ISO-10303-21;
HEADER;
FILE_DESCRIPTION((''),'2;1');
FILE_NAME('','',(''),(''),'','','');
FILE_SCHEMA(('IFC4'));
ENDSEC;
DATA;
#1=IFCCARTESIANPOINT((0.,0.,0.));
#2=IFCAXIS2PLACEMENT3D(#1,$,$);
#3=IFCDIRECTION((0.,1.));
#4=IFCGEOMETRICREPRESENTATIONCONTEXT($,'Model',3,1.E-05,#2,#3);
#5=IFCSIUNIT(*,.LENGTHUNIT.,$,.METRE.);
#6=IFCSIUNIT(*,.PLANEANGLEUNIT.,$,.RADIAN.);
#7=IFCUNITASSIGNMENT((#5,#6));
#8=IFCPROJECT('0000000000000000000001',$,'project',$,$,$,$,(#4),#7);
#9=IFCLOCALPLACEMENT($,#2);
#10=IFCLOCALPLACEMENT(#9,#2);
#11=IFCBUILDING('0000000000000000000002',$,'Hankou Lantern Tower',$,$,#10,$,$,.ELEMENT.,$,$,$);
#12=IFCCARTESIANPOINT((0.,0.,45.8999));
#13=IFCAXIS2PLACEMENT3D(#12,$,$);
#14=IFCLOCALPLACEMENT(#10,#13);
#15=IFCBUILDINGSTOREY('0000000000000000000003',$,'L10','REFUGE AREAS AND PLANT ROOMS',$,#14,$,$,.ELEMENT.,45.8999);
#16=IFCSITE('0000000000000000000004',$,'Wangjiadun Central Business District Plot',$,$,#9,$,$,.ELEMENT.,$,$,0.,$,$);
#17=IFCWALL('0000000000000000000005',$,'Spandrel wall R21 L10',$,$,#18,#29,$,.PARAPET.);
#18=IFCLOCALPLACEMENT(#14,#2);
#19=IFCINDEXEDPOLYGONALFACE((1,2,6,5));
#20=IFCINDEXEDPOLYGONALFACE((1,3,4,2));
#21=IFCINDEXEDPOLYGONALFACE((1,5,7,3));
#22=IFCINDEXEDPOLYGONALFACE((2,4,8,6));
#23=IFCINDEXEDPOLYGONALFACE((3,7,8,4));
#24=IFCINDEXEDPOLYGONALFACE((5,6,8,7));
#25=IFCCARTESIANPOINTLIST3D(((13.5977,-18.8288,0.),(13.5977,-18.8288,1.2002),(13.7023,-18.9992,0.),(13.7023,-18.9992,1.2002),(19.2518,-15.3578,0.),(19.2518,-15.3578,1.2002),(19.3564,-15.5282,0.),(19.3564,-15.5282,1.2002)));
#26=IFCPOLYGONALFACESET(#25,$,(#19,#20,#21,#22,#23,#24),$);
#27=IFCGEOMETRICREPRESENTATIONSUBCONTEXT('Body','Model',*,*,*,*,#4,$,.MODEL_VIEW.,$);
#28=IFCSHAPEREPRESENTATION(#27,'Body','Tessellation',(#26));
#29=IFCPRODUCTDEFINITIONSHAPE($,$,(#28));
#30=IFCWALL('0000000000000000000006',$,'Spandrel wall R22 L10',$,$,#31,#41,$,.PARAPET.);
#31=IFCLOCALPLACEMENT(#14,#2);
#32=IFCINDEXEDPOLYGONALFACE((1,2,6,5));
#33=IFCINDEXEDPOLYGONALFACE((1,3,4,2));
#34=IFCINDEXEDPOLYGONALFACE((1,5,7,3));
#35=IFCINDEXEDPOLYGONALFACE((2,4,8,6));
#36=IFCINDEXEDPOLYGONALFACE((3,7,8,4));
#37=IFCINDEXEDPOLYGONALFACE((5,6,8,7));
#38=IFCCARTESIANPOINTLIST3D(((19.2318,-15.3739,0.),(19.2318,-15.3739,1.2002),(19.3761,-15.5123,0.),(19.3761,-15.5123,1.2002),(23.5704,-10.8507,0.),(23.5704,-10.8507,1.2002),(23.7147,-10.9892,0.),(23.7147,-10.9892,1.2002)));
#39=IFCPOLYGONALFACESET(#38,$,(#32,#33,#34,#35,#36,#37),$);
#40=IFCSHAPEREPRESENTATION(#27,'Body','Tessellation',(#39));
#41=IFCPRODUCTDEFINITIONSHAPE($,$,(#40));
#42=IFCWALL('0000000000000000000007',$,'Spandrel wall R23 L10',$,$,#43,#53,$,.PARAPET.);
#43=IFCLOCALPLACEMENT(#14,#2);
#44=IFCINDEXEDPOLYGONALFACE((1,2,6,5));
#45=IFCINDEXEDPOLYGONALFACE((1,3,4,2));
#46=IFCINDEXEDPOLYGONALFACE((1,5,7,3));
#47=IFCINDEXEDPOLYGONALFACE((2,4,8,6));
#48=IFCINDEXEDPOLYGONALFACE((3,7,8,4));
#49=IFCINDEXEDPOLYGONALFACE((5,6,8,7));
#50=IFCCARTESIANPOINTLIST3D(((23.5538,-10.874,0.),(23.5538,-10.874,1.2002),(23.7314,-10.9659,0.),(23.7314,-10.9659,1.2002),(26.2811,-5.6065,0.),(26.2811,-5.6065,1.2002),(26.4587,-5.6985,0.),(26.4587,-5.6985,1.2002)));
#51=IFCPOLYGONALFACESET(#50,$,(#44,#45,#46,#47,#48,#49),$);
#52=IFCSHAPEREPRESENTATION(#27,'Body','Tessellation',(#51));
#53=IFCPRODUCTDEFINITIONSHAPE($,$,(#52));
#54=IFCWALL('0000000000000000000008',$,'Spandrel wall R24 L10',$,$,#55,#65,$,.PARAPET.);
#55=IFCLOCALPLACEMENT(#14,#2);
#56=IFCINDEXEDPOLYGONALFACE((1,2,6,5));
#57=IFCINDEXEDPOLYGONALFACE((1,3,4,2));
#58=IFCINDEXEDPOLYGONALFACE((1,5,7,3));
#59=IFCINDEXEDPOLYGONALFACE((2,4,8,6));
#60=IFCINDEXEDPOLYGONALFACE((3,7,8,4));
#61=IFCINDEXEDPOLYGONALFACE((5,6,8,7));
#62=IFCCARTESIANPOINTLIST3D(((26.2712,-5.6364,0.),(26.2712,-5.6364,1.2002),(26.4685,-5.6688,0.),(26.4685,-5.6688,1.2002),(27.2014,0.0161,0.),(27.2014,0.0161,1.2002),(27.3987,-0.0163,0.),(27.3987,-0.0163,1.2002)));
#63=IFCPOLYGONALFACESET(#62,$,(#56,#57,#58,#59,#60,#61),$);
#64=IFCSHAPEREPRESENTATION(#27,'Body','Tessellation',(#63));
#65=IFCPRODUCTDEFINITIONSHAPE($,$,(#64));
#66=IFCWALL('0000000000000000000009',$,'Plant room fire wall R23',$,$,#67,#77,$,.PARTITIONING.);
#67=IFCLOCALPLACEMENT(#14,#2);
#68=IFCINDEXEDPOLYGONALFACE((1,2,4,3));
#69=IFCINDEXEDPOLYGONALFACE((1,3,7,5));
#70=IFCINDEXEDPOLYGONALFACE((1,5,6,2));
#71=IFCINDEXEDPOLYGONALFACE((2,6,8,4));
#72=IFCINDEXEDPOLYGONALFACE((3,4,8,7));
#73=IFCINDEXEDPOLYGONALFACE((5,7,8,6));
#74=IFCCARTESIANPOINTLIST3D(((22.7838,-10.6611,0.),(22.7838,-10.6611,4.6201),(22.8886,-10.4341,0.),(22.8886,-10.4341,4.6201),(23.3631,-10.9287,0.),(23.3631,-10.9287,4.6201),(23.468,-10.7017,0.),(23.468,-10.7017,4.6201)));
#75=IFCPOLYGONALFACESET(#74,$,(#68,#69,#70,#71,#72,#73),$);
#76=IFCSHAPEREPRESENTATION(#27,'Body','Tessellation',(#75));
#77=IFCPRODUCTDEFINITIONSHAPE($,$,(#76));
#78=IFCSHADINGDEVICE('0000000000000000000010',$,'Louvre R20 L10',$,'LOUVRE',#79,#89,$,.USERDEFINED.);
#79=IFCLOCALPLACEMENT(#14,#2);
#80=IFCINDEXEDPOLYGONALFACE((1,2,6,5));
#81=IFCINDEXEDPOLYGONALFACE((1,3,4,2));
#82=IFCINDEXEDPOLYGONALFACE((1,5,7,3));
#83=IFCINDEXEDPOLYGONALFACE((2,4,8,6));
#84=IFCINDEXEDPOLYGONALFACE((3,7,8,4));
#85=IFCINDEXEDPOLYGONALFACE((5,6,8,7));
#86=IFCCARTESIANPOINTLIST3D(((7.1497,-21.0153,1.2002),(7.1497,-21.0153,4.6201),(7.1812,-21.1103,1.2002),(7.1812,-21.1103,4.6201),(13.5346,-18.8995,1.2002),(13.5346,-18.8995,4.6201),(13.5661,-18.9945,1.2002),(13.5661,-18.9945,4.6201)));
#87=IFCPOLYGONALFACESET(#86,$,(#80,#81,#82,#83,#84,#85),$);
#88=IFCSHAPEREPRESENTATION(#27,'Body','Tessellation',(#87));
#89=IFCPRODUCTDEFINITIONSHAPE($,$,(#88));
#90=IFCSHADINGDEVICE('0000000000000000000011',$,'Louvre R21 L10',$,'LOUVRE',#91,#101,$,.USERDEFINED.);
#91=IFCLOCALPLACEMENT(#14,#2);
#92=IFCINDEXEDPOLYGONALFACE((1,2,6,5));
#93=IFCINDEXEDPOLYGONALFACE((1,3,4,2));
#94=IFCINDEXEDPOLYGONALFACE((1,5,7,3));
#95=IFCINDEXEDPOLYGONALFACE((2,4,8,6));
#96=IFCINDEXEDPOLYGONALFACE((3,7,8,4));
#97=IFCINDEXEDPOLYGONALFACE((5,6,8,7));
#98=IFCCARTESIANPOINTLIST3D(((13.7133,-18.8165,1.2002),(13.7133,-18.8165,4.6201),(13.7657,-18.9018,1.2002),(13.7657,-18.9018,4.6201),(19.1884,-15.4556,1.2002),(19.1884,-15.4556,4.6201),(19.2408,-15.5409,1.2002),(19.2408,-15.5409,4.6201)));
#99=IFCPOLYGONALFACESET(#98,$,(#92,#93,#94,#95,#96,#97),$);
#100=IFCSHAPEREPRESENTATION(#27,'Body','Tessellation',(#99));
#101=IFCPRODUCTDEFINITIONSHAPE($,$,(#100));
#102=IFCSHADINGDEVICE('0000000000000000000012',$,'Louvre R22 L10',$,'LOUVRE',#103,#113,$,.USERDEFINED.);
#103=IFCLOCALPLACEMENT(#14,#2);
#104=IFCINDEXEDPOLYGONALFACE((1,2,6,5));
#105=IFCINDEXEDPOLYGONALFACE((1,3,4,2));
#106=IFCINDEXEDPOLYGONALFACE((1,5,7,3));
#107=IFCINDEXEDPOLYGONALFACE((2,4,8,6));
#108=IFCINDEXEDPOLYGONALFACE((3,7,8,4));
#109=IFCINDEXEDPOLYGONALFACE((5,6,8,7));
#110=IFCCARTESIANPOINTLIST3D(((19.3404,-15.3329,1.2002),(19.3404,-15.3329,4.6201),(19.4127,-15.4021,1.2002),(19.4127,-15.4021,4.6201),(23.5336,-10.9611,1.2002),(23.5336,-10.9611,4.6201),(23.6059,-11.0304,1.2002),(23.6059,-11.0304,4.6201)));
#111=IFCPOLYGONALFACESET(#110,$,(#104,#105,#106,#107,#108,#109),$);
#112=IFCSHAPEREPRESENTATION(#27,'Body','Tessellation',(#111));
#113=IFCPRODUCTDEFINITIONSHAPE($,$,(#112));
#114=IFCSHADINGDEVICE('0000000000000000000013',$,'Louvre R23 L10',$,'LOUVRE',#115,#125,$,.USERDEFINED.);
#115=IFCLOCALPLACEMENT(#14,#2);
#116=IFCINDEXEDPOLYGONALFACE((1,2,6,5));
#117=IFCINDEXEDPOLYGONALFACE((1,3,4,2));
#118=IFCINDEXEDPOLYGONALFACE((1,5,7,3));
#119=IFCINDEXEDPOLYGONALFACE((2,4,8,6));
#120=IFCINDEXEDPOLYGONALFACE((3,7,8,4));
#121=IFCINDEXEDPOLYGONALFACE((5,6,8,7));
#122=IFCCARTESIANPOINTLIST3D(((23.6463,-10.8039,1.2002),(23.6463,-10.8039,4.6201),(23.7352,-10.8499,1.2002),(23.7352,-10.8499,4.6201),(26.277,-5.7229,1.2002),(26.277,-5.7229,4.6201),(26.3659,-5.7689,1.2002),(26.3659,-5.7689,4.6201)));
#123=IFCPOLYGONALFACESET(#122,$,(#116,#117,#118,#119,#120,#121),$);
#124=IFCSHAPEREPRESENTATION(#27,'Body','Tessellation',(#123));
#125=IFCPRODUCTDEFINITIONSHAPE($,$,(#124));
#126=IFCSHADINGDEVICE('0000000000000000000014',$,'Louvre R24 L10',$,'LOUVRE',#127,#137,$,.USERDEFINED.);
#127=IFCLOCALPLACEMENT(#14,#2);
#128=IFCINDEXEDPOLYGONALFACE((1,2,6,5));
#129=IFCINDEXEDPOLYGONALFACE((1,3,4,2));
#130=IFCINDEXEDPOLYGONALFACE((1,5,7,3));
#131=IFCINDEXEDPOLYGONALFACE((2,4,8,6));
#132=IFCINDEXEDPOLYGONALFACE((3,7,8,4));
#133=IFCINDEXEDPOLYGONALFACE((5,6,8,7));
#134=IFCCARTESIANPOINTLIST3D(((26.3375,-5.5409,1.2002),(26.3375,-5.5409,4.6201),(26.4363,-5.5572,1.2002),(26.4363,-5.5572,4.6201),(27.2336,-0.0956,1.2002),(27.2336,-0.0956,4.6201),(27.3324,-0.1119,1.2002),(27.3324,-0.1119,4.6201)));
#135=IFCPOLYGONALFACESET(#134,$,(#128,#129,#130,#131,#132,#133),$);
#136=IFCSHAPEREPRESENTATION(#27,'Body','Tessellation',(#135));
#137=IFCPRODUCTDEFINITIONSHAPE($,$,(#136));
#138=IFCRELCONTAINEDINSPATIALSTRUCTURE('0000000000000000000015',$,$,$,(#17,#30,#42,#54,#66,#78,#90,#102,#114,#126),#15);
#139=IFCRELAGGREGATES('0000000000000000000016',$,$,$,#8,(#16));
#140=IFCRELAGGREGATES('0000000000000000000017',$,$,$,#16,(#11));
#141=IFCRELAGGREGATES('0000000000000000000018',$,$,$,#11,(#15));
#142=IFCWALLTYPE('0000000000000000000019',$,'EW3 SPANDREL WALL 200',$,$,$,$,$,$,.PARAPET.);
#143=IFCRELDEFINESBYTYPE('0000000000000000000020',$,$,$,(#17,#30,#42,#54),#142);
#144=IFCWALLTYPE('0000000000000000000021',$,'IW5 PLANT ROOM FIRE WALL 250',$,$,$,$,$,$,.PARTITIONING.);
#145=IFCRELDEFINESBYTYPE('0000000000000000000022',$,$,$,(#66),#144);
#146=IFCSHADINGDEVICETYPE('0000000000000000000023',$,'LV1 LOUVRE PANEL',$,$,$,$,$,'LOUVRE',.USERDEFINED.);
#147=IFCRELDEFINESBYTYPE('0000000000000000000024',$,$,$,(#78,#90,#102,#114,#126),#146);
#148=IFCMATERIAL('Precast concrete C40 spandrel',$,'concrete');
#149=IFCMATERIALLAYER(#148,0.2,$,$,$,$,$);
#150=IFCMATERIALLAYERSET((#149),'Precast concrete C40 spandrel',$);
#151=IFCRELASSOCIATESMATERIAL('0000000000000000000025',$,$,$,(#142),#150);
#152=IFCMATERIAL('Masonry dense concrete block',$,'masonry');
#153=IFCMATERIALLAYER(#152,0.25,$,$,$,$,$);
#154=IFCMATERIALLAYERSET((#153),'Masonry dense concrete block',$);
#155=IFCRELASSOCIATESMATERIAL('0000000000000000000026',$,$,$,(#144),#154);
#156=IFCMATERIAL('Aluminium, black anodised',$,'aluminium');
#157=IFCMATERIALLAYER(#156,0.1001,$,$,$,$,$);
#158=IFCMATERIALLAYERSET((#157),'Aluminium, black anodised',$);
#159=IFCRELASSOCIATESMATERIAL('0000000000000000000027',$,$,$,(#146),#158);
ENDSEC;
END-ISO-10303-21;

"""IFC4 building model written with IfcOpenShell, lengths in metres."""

from ifc_helpers import new_model, si_unit, direction, frame, frame_2d, origin, origin_2d, place, context, subcontext, project, spatial, rectangle, extrude, material, layer, layer_set, type_object, element, save


model = new_model("IFC4")

# Units and contexts
model_context = context("Model", 3, precision=1e-05, world=origin(), true_north=direction((0.0, 1.0)))
body_context = subcontext(model_context, "Body", "Model", "MODEL_VIEW")
ifc_project = project(units=[si_unit("LENGTHUNIT", "METRE"), si_unit("PLANEANGLEUNIT", "RADIAN")], contexts=[model_context])

# Site, building, storey
site_placement = place(None, origin())
site = spatial("IfcSite", under=ifc_project, at=site_placement, Name="Wangjiadun Central Business District Plot", CompositionType="ELEMENT", RefElevation=0.0)
building_placement = place(site_placement, origin())
building = spatial("IfcBuilding", under=site, at=building_placement, Name="Hankou Lantern Tower", CompositionType="ELEMENT")
storey_placement = place(building_placement, frame((0.0, 0.0, 45.8999)))
storey = spatial("IfcBuildingStorey", under=building, at=storey_placement, Name="L10", Description="REFUGE AREAS AND PLANT ROOMS", CompositionType="ELEMENT", Elevation=45.8999)

# Walls
ifc_material_1 = material(Name="Precast concrete C40 spandrel", Category="concrete")
ifc_layer_1 = layer(ifc_material_1, 0.2)
ifc_layer_set_1 = layer_set([ifc_layer_1], Name="Precast concrete C40 spandrel")
wall_type_1 = type_object("IfcWallType", Name="EW3 SPANDREL WALL 200", PredefinedType="PARAPET", material=ifc_layer_set_1)
wall_1_placement = place(storey_placement, frame((13.6499, -18.9141, 0.0), z_axis=(0.0, 0.0, 1.0), x_axis=(0.852228, 0.523171, 0.0)))
element("IfcWall", 1, at=wall_1_placement, inside=storey, type_object=wall_type_1, Name="Spandrel wall R21 L10", PredefinedType="PARAPET", context=body_context, shape_type="SweptSolid", body=[
    extrude(rectangle(XDim=6.6345, YDim=0.2, at=frame_2d((3.3174, 0.0))), origin(), (0.0, 0.0, 1.0), 1.2002),
])
wall_2_placement = place(storey_placement, frame((19.304, -15.4431, 0.0), z_axis=(0.0, 0.0, 1.0), x_axis=(0.692229, 0.721678, 0.0)))
element("IfcWall", 2, at=wall_2_placement, inside=storey, type_object=wall_type_1, Name="Spandrel wall R22 L10", PredefinedType="PARAPET", context=body_context, shape_type="SweptSolid", body=[
    extrude(rectangle(XDim=6.2676, YDim=0.2, at=frame_2d((3.1338, 0.0))), origin(), (0.0, 0.0, 1.0), 1.2002),
])
wall_3_placement = place(storey_placement, frame((23.6426, -10.9199, 0.0), z_axis=(0.0, 0.0, 1.0), x_axis=(0.459797, 0.888024, 0.0)))
element("IfcWall", 3, at=wall_3_placement, inside=storey, type_object=wall_type_1, Name="Spandrel wall R23 L10", PredefinedType="PARAPET", context=body_context, shape_type="SweptSolid", body=[
    extrude(rectangle(XDim=5.9316, YDim=0.2, at=frame_2d((2.9658, 0.0))), origin(), (0.0, 0.0, 1.0), 1.2002),
])
wall_4_placement = place(storey_placement, frame((26.3699, -5.6526, 0.0), z_axis=(0.0, 0.0, 1.0), x_axis=(0.162374, 0.986729, 0.0)))
element("IfcWall", 4, at=wall_4_placement, inside=storey, type_object=wall_type_1, Name="Spandrel wall R24 L10", PredefinedType="PARAPET", context=body_context, shape_type="SweptSolid", body=[
    extrude(rectangle(XDim=5.7285, YDim=0.2, at=frame_2d((2.8643, 0.0))), origin(), (0.0, 0.0, 1.0), 1.2002),
])

# Shared definitions
ifc_material_2 = material(Name="Masonry dense concrete block", Category="masonry")
ifc_layer_2 = layer(ifc_material_2, 0.25)
ifc_layer_set_2 = layer_set([ifc_layer_2], Name="Masonry dense concrete block")
wall_type_2 = type_object("IfcWallType", Name="IW5 PLANT ROOM FIRE WALL 250", PredefinedType="PARTITIONING", material=ifc_layer_set_2)

# Wall
wall_5_placement = place(storey_placement, frame((22.8362, -10.5476, 0.0), z_axis=(0.0, 0.0, 1.0), x_axis=(0.907847, -0.419301, 0.0)))
element("IfcWall", 5, at=wall_5_placement, inside=storey, type_object=wall_type_2, Name="Plant room fire wall R23", PredefinedType="PARTITIONING", context=body_context, shape_type="SweptSolid", body=[
    extrude(rectangle(XDim=0.6382, YDim=0.25, at=frame_2d((0.3191, 0.0))), origin(), (0.0, 0.0, 1.0), 4.6201),
])

# Shading devices
ifc_material_3 = material(Name="Aluminium, black anodised", Category="aluminium")
ifc_layer_3 = layer(ifc_material_3, 0.1001)
ifc_layer_set_3 = layer_set([ifc_layer_3], Name="Aluminium, black anodised")
shading_device_type = type_object("IfcShadingDeviceType", Name="LV1 LOUVRE PANEL", ElementType="LOUVRE", PredefinedType="USERDEFINED", material=ifc_layer_set_3)
shading_device_1_placement = place(storey_placement, frame((10.3579, -20.0049, 1.2002), z_axis=(0.0, 0.0, 1.0), x_axis=(0.949241, 0.314551, 0.0)))
element("IfcShadingDevice", 6, at=shading_device_1_placement, inside=storey, type_object=shading_device_type, Name="Louvre R20 L10", ObjectType="LOUVRE", PredefinedType="USERDEFINED", context=body_context, shape_type="SweptSolid", body=[
    extrude(rectangle(XDim=6.7263, YDim=0.1001, at=origin_2d()), origin(), (0.0, 0.0, 1.0), 3.4199),
])
shading_device_2_placement = place(storey_placement, frame((16.4771, -17.1787, 1.2002), z_axis=(0.0, 0.0, 1.0), x_axis=(0.852237, 0.523156, 0.0)))
element("IfcShadingDevice", 7, at=shading_device_2_placement, inside=storey, type_object=shading_device_type, Name="Louvre R21 L10", ObjectType="LOUVRE", PredefinedType="USERDEFINED", context=body_context, shape_type="SweptSolid", body=[
    extrude(rectangle(XDim=6.4243, YDim=0.1001, at=origin_2d()), origin(), (0.0, 0.0, 1.0), 3.4199),
])
shading_device_3_placement = place(storey_placement, frame((21.4731, -13.1816, 1.2002), z_axis=(0.0, 0.0, 1.0), x_axis=(0.692216, 0.721691, 0.0)))
element("IfcShadingDevice", 8, at=shading_device_3_placement, inside=storey, type_object=shading_device_type, Name="Louvre R22 L10", ObjectType="LOUVRE", PredefinedType="USERDEFINED", context=body_context, shape_type="SweptSolid", body=[
    extrude(rectangle(XDim=6.0576, YDim=0.1001, at=origin_2d()), origin(), (0.0, 0.0, 1.0), 3.4199),
])
shading_device_4_placement = place(storey_placement, frame((25.0061, -8.2864, 1.2002), z_axis=(0.0, 0.0, 1.0), x_axis=(0.459791, 0.888027, 0.0)))
element("IfcShadingDevice", 9, at=shading_device_4_placement, inside=storey, type_object=shading_device_type, Name="Louvre R23 L10", ObjectType="LOUVRE", PredefinedType="USERDEFINED", context=body_context, shape_type="SweptSolid", body=[
    extrude(rectangle(XDim=5.7217, YDim=0.1001, at=origin_2d()), origin(), (0.0, 0.0, 1.0), 3.4199),
])
shading_device_5_placement = place(storey_placement, frame((26.835, -2.8264, 1.2002), z_axis=(0.0, 0.0, 1.0), x_axis=(0.162382, 0.986728, 0.0)))
element("IfcShadingDevice", 10, at=shading_device_5_placement, inside=storey, type_object=shading_device_type, Name="Louvre R24 L10", ObjectType="LOUVRE", PredefinedType="USERDEFINED", context=body_context, shape_type="SweptSolid", body=[
    extrude(rectangle(XDim=5.5186, YDim=0.1001, at=origin_2d()), origin(), (0.0, 0.0, 1.0), 3.4199),
])

save(model, "model.ifc")
